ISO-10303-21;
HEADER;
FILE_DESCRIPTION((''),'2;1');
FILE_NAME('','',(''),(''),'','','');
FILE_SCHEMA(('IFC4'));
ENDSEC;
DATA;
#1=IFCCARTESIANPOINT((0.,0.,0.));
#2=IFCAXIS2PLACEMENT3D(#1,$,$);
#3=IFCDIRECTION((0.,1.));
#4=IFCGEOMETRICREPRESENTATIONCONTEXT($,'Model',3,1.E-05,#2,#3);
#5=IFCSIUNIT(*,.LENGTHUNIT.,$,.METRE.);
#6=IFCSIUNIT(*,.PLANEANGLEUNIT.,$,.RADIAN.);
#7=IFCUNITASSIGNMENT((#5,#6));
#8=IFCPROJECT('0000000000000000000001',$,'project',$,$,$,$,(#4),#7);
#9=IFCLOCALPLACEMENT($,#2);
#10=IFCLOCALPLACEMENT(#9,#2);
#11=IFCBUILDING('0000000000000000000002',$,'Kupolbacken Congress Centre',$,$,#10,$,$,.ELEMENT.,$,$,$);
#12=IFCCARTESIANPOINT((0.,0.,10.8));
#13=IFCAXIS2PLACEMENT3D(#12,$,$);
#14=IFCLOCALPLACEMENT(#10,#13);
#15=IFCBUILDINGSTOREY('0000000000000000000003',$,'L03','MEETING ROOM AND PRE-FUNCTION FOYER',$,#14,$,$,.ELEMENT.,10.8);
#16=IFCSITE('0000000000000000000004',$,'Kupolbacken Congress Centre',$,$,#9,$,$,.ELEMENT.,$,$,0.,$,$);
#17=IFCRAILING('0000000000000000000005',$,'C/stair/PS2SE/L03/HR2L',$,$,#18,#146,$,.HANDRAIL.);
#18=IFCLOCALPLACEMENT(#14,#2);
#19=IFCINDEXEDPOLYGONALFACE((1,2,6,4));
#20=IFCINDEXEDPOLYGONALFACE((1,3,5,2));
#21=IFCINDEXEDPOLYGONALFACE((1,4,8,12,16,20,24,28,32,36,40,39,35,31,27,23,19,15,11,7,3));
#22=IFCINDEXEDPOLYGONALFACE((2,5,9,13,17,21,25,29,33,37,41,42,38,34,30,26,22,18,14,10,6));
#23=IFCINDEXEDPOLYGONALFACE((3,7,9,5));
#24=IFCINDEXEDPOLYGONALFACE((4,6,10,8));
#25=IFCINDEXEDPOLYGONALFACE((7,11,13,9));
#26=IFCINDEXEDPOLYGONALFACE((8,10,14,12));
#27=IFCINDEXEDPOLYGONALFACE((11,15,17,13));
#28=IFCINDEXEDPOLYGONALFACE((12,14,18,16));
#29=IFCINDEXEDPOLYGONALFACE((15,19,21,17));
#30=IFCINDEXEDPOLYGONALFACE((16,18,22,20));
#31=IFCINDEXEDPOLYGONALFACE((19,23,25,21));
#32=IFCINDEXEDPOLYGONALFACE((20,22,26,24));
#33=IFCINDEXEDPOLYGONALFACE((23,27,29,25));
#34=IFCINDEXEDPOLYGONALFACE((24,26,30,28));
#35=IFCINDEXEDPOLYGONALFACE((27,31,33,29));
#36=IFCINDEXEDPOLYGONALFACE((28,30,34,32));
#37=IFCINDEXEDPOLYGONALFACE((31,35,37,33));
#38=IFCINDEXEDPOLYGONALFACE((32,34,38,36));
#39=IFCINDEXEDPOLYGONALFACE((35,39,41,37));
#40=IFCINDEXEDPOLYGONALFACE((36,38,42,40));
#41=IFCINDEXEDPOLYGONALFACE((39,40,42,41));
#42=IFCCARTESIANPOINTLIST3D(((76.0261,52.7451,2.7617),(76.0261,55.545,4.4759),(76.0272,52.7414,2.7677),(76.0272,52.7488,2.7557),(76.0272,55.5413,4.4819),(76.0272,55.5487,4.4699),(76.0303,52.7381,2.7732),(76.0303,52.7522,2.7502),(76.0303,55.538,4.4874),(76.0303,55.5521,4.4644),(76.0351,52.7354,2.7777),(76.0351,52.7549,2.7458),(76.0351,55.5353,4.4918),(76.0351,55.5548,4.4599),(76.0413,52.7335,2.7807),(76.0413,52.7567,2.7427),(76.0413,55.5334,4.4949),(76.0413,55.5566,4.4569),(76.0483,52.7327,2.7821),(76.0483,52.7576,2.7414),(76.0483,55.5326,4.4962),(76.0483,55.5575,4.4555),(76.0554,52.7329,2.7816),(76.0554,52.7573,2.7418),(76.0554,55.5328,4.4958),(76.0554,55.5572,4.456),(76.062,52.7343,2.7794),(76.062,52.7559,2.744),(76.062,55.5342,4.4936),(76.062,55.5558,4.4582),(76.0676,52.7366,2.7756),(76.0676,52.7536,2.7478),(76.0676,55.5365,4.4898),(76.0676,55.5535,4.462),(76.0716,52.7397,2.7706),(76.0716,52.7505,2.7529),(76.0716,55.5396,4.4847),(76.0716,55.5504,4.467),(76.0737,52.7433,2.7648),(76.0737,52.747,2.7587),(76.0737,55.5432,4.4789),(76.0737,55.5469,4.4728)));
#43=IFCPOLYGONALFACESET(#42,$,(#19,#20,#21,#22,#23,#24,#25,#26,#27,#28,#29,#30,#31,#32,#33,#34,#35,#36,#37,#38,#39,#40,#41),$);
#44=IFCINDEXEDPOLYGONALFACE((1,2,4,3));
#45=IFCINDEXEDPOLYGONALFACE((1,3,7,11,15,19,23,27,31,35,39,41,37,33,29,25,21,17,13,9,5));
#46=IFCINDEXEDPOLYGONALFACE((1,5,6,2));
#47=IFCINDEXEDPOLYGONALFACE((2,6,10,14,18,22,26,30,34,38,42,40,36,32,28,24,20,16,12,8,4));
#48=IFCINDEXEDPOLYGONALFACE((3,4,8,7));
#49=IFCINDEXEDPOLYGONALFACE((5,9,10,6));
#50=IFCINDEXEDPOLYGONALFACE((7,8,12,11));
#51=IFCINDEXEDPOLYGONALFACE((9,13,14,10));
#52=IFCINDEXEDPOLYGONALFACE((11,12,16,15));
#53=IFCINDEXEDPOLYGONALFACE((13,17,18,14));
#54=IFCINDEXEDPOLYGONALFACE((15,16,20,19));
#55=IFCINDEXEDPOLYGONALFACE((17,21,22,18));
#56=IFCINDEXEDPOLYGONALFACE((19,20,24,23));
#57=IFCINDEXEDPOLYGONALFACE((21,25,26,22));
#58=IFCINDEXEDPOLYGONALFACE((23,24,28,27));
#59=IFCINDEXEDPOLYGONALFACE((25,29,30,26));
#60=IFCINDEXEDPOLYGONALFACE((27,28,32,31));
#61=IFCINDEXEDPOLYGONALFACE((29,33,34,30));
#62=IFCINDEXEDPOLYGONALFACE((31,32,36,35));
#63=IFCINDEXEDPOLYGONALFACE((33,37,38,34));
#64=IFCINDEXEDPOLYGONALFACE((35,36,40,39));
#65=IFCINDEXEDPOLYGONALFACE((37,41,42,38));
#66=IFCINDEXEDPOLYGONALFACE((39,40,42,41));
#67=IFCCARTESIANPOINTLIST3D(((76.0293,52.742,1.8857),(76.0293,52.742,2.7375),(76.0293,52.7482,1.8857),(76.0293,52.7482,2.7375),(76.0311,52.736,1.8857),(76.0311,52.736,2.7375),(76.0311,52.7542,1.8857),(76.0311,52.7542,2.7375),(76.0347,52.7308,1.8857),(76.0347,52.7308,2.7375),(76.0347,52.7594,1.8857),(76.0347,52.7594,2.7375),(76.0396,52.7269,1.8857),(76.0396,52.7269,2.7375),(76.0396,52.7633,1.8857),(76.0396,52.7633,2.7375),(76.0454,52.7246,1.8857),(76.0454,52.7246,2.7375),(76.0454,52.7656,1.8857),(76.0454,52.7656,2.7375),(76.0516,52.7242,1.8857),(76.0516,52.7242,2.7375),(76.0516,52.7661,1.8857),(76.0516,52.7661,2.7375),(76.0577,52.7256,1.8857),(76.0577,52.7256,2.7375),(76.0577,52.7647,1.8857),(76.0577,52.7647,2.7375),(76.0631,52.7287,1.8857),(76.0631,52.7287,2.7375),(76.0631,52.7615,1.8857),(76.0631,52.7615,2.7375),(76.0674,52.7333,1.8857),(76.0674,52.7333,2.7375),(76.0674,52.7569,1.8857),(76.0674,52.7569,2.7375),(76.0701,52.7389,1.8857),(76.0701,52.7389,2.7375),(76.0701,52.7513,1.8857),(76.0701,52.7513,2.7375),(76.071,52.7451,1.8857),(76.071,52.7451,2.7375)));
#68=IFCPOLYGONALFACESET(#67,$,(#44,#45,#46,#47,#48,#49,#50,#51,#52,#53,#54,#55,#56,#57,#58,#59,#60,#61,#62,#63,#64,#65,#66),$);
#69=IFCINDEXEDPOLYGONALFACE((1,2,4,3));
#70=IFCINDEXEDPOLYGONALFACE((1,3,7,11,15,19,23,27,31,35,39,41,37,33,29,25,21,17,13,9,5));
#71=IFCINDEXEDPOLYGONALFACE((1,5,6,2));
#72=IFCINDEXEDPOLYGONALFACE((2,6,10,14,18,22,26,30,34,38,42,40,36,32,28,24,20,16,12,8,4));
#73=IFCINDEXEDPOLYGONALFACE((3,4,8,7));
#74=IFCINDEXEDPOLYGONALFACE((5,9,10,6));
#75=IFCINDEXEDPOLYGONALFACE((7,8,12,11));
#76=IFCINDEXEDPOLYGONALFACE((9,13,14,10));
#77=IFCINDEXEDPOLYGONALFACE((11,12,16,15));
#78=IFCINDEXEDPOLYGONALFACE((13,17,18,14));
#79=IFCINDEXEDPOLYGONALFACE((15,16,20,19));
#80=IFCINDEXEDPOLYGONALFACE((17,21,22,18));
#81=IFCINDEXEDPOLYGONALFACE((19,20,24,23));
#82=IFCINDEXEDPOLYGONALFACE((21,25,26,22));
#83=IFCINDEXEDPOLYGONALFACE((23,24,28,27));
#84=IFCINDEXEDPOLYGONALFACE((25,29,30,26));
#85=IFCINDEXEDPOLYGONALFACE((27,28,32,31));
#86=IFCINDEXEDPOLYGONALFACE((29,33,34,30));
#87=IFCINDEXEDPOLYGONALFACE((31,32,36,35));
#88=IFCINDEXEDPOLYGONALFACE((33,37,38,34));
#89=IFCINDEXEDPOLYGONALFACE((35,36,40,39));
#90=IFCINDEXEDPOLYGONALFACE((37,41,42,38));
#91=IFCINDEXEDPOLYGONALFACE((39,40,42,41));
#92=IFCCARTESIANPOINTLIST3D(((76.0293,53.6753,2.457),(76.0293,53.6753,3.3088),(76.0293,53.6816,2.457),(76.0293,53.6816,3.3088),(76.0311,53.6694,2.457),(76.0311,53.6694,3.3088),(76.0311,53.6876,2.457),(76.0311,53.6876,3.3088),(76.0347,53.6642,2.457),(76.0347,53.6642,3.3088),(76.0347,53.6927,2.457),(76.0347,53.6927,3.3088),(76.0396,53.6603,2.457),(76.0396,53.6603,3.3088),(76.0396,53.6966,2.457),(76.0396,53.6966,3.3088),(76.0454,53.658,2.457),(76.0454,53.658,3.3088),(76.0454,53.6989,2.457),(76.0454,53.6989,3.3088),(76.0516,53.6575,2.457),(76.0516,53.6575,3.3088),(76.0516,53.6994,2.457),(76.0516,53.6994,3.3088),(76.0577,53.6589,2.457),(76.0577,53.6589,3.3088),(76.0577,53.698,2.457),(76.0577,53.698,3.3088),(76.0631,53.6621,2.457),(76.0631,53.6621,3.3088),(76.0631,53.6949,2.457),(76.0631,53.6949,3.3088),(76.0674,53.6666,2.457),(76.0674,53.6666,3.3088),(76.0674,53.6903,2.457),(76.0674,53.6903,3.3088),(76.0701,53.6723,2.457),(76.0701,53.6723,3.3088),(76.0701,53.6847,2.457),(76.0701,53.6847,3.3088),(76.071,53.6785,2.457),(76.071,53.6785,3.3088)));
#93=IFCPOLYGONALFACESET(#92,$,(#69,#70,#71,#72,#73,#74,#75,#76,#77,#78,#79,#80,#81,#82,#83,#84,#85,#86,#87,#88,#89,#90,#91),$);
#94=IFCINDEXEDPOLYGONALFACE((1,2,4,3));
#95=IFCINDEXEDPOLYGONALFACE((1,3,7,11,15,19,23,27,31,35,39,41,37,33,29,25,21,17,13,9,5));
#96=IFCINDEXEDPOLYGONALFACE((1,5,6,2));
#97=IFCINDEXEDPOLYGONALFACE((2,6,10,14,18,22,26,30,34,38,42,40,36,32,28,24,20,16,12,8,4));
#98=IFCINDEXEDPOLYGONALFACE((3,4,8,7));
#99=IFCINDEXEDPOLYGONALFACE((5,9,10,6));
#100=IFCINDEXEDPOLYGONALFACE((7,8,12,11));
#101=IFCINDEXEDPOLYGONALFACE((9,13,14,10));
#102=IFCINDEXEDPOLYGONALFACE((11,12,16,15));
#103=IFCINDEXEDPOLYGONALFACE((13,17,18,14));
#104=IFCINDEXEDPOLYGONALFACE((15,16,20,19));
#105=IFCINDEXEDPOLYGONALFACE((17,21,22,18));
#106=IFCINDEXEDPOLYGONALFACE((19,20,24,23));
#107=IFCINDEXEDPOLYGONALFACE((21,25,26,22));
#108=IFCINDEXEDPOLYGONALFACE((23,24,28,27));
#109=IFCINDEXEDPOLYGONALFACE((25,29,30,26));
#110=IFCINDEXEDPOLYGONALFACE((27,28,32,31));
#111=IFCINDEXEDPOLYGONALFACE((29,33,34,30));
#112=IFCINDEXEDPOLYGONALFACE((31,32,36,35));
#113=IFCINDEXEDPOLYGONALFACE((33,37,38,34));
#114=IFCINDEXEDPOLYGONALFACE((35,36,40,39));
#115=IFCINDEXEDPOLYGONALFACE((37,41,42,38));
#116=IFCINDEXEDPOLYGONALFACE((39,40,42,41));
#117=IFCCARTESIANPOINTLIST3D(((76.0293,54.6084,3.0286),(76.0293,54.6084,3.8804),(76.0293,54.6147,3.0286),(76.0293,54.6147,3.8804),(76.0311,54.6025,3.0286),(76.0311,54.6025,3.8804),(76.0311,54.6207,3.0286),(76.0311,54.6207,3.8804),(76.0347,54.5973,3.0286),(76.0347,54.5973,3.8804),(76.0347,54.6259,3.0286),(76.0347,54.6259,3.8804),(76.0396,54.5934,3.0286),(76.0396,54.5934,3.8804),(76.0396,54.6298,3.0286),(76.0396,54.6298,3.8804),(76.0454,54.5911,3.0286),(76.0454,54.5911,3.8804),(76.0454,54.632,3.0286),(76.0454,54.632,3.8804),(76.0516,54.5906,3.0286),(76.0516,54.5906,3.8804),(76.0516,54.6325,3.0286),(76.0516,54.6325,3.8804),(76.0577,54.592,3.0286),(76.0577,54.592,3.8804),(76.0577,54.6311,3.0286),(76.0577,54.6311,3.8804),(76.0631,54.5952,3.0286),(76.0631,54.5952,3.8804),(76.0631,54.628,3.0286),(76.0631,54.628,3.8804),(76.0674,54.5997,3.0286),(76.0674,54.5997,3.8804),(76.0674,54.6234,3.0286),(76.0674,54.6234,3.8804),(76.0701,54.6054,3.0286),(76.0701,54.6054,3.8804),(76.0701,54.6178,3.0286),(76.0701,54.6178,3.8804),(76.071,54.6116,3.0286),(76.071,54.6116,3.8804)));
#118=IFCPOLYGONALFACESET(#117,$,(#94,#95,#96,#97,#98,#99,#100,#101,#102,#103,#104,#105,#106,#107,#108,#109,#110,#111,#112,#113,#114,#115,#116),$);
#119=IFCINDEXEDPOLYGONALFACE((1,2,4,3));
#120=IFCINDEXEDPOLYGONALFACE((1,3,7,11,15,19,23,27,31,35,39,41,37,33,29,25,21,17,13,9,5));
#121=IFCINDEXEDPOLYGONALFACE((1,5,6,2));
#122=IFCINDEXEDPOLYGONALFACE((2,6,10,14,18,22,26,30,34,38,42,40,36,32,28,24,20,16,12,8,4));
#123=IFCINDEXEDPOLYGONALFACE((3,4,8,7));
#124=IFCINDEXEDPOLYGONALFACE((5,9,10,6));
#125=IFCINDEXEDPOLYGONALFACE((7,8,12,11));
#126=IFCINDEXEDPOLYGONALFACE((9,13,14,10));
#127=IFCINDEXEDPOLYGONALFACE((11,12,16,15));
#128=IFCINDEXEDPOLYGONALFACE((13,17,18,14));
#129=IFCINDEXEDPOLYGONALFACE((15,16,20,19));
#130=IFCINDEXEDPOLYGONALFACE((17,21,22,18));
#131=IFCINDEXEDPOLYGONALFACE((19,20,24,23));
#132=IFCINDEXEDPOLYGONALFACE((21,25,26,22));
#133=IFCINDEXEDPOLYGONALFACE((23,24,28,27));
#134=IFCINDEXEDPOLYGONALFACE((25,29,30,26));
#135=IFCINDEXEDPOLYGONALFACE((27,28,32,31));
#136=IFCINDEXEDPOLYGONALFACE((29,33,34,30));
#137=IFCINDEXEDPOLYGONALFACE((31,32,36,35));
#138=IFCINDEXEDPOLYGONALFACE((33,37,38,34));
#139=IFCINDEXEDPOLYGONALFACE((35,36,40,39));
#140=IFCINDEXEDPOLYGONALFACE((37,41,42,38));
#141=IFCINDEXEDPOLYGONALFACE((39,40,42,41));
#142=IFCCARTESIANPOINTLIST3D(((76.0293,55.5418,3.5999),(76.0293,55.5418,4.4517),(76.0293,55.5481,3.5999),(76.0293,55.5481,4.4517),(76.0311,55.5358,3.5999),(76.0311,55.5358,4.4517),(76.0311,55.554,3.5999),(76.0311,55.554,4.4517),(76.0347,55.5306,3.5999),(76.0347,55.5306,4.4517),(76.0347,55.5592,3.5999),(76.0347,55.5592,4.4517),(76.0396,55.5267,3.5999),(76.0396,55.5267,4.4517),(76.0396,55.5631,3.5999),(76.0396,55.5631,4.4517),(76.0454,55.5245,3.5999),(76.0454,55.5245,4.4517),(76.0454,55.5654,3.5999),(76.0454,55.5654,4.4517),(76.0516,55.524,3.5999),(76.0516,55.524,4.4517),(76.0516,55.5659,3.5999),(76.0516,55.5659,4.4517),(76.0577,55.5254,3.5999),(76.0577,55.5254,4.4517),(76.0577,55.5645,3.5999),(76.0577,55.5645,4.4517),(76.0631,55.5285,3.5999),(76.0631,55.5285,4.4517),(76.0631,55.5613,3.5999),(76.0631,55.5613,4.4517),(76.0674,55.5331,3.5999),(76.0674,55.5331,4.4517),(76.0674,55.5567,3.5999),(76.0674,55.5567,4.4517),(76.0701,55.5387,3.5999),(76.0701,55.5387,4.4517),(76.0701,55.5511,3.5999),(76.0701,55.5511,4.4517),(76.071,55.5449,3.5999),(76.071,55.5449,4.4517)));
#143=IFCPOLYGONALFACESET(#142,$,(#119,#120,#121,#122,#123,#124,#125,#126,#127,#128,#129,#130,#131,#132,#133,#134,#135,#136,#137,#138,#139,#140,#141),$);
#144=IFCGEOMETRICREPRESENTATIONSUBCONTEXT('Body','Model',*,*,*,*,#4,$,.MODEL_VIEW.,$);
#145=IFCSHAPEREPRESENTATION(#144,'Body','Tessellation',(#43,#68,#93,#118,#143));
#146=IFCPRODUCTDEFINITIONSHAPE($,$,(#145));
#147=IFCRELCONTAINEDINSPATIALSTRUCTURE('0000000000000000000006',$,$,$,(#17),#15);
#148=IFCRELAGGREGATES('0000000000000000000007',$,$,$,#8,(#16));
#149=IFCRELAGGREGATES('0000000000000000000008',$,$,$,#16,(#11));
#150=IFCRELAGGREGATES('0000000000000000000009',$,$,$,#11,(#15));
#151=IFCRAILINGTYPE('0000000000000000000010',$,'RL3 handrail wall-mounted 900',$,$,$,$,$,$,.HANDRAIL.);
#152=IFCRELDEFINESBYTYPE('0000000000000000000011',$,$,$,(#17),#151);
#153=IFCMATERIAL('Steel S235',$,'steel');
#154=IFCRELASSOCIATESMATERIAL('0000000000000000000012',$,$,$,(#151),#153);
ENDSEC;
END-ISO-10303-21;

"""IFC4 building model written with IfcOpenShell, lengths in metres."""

from ifc_helpers import new_model, si_unit, direction, frame, origin, origin_2d, place, context, subcontext, project, spatial, circle, extrude, material, type_object, element, save


model = new_model("IFC4")

# Units and contexts
model_context = context("Model", 3, precision=1e-05, world=origin(), true_north=direction((0.0, 1.0)))
body_context = subcontext(model_context, "Body", "Model", "MODEL_VIEW")
ifc_project = project(units=[si_unit("LENGTHUNIT", "METRE"), si_unit("PLANEANGLEUNIT", "RADIAN")], contexts=[model_context])

# Site, building, storey
site_placement = place(None, origin())
site = spatial("IfcSite", under=ifc_project, at=site_placement, Name="Kupolbacken Congress Centre", CompositionType="ELEMENT", RefElevation=0.0)
building_placement = place(site_placement, origin())
building = spatial("IfcBuilding", under=site, at=building_placement, Name="Kupolbacken Congress Centre", CompositionType="ELEMENT")
storey_placement = place(building_placement, frame((0.0, 0.0, 10.8)))
storey = spatial("IfcBuildingStorey", under=building, at=storey_placement, Name="L03", Description="MEETING ROOM AND PRE-FUNCTION FOYER", CompositionType="ELEMENT", Elevation=10.8)

# Railing
ifc_material_1 = material(Name="Steel S235", Category="steel")
railing_type = type_object("IfcRailingType", Name="RL3 handrail wall-mounted 900", PredefinedType="HANDRAIL", material=ifc_material_1)
for number, where, name in (
    (1, (76.05, 52.7451, 1.8857), "C/stair/PS2SE/L03/HR2L"),
):
    element("IfcRailing", number, at=place(storey_placement, frame(where)), inside=storey, type_object=railing_type, Name=name, PredefinedType="HANDRAIL", context=body_context, shape_type="SweptSolid", body=[
        extrude(circle(Radius=0.0239, at=origin_2d()), frame((0.0, 0.0, 0.876), z_axis=(0.0, 0.852859, 0.522142), x_axis=(-1.0, 0.0, 0.0)), (0.0, 0.0, 1.0), 3.283),
        extrude(circle(Radius=0.021, at=origin_2d()), origin(), (0.0, 0.0, 1.0), 0.8518),
        extrude(circle(Radius=0.021, at=origin_2d()), frame((0.0, 0.9333, 0.5713)), (0.0, 0.0, 1.0), 0.8518),
        extrude(circle(Radius=0.021, at=origin_2d()), frame((0.0, 1.8665, 1.1428)), (0.0, 0.0, 1.0), 0.8518),
        extrude(circle(Radius=0.021, at=origin_2d()), frame((0.0, 2.7998, 1.7141)), (0.0, 0.0, 1.0), 0.8518),
    ])

save(model, "model.ifc")
